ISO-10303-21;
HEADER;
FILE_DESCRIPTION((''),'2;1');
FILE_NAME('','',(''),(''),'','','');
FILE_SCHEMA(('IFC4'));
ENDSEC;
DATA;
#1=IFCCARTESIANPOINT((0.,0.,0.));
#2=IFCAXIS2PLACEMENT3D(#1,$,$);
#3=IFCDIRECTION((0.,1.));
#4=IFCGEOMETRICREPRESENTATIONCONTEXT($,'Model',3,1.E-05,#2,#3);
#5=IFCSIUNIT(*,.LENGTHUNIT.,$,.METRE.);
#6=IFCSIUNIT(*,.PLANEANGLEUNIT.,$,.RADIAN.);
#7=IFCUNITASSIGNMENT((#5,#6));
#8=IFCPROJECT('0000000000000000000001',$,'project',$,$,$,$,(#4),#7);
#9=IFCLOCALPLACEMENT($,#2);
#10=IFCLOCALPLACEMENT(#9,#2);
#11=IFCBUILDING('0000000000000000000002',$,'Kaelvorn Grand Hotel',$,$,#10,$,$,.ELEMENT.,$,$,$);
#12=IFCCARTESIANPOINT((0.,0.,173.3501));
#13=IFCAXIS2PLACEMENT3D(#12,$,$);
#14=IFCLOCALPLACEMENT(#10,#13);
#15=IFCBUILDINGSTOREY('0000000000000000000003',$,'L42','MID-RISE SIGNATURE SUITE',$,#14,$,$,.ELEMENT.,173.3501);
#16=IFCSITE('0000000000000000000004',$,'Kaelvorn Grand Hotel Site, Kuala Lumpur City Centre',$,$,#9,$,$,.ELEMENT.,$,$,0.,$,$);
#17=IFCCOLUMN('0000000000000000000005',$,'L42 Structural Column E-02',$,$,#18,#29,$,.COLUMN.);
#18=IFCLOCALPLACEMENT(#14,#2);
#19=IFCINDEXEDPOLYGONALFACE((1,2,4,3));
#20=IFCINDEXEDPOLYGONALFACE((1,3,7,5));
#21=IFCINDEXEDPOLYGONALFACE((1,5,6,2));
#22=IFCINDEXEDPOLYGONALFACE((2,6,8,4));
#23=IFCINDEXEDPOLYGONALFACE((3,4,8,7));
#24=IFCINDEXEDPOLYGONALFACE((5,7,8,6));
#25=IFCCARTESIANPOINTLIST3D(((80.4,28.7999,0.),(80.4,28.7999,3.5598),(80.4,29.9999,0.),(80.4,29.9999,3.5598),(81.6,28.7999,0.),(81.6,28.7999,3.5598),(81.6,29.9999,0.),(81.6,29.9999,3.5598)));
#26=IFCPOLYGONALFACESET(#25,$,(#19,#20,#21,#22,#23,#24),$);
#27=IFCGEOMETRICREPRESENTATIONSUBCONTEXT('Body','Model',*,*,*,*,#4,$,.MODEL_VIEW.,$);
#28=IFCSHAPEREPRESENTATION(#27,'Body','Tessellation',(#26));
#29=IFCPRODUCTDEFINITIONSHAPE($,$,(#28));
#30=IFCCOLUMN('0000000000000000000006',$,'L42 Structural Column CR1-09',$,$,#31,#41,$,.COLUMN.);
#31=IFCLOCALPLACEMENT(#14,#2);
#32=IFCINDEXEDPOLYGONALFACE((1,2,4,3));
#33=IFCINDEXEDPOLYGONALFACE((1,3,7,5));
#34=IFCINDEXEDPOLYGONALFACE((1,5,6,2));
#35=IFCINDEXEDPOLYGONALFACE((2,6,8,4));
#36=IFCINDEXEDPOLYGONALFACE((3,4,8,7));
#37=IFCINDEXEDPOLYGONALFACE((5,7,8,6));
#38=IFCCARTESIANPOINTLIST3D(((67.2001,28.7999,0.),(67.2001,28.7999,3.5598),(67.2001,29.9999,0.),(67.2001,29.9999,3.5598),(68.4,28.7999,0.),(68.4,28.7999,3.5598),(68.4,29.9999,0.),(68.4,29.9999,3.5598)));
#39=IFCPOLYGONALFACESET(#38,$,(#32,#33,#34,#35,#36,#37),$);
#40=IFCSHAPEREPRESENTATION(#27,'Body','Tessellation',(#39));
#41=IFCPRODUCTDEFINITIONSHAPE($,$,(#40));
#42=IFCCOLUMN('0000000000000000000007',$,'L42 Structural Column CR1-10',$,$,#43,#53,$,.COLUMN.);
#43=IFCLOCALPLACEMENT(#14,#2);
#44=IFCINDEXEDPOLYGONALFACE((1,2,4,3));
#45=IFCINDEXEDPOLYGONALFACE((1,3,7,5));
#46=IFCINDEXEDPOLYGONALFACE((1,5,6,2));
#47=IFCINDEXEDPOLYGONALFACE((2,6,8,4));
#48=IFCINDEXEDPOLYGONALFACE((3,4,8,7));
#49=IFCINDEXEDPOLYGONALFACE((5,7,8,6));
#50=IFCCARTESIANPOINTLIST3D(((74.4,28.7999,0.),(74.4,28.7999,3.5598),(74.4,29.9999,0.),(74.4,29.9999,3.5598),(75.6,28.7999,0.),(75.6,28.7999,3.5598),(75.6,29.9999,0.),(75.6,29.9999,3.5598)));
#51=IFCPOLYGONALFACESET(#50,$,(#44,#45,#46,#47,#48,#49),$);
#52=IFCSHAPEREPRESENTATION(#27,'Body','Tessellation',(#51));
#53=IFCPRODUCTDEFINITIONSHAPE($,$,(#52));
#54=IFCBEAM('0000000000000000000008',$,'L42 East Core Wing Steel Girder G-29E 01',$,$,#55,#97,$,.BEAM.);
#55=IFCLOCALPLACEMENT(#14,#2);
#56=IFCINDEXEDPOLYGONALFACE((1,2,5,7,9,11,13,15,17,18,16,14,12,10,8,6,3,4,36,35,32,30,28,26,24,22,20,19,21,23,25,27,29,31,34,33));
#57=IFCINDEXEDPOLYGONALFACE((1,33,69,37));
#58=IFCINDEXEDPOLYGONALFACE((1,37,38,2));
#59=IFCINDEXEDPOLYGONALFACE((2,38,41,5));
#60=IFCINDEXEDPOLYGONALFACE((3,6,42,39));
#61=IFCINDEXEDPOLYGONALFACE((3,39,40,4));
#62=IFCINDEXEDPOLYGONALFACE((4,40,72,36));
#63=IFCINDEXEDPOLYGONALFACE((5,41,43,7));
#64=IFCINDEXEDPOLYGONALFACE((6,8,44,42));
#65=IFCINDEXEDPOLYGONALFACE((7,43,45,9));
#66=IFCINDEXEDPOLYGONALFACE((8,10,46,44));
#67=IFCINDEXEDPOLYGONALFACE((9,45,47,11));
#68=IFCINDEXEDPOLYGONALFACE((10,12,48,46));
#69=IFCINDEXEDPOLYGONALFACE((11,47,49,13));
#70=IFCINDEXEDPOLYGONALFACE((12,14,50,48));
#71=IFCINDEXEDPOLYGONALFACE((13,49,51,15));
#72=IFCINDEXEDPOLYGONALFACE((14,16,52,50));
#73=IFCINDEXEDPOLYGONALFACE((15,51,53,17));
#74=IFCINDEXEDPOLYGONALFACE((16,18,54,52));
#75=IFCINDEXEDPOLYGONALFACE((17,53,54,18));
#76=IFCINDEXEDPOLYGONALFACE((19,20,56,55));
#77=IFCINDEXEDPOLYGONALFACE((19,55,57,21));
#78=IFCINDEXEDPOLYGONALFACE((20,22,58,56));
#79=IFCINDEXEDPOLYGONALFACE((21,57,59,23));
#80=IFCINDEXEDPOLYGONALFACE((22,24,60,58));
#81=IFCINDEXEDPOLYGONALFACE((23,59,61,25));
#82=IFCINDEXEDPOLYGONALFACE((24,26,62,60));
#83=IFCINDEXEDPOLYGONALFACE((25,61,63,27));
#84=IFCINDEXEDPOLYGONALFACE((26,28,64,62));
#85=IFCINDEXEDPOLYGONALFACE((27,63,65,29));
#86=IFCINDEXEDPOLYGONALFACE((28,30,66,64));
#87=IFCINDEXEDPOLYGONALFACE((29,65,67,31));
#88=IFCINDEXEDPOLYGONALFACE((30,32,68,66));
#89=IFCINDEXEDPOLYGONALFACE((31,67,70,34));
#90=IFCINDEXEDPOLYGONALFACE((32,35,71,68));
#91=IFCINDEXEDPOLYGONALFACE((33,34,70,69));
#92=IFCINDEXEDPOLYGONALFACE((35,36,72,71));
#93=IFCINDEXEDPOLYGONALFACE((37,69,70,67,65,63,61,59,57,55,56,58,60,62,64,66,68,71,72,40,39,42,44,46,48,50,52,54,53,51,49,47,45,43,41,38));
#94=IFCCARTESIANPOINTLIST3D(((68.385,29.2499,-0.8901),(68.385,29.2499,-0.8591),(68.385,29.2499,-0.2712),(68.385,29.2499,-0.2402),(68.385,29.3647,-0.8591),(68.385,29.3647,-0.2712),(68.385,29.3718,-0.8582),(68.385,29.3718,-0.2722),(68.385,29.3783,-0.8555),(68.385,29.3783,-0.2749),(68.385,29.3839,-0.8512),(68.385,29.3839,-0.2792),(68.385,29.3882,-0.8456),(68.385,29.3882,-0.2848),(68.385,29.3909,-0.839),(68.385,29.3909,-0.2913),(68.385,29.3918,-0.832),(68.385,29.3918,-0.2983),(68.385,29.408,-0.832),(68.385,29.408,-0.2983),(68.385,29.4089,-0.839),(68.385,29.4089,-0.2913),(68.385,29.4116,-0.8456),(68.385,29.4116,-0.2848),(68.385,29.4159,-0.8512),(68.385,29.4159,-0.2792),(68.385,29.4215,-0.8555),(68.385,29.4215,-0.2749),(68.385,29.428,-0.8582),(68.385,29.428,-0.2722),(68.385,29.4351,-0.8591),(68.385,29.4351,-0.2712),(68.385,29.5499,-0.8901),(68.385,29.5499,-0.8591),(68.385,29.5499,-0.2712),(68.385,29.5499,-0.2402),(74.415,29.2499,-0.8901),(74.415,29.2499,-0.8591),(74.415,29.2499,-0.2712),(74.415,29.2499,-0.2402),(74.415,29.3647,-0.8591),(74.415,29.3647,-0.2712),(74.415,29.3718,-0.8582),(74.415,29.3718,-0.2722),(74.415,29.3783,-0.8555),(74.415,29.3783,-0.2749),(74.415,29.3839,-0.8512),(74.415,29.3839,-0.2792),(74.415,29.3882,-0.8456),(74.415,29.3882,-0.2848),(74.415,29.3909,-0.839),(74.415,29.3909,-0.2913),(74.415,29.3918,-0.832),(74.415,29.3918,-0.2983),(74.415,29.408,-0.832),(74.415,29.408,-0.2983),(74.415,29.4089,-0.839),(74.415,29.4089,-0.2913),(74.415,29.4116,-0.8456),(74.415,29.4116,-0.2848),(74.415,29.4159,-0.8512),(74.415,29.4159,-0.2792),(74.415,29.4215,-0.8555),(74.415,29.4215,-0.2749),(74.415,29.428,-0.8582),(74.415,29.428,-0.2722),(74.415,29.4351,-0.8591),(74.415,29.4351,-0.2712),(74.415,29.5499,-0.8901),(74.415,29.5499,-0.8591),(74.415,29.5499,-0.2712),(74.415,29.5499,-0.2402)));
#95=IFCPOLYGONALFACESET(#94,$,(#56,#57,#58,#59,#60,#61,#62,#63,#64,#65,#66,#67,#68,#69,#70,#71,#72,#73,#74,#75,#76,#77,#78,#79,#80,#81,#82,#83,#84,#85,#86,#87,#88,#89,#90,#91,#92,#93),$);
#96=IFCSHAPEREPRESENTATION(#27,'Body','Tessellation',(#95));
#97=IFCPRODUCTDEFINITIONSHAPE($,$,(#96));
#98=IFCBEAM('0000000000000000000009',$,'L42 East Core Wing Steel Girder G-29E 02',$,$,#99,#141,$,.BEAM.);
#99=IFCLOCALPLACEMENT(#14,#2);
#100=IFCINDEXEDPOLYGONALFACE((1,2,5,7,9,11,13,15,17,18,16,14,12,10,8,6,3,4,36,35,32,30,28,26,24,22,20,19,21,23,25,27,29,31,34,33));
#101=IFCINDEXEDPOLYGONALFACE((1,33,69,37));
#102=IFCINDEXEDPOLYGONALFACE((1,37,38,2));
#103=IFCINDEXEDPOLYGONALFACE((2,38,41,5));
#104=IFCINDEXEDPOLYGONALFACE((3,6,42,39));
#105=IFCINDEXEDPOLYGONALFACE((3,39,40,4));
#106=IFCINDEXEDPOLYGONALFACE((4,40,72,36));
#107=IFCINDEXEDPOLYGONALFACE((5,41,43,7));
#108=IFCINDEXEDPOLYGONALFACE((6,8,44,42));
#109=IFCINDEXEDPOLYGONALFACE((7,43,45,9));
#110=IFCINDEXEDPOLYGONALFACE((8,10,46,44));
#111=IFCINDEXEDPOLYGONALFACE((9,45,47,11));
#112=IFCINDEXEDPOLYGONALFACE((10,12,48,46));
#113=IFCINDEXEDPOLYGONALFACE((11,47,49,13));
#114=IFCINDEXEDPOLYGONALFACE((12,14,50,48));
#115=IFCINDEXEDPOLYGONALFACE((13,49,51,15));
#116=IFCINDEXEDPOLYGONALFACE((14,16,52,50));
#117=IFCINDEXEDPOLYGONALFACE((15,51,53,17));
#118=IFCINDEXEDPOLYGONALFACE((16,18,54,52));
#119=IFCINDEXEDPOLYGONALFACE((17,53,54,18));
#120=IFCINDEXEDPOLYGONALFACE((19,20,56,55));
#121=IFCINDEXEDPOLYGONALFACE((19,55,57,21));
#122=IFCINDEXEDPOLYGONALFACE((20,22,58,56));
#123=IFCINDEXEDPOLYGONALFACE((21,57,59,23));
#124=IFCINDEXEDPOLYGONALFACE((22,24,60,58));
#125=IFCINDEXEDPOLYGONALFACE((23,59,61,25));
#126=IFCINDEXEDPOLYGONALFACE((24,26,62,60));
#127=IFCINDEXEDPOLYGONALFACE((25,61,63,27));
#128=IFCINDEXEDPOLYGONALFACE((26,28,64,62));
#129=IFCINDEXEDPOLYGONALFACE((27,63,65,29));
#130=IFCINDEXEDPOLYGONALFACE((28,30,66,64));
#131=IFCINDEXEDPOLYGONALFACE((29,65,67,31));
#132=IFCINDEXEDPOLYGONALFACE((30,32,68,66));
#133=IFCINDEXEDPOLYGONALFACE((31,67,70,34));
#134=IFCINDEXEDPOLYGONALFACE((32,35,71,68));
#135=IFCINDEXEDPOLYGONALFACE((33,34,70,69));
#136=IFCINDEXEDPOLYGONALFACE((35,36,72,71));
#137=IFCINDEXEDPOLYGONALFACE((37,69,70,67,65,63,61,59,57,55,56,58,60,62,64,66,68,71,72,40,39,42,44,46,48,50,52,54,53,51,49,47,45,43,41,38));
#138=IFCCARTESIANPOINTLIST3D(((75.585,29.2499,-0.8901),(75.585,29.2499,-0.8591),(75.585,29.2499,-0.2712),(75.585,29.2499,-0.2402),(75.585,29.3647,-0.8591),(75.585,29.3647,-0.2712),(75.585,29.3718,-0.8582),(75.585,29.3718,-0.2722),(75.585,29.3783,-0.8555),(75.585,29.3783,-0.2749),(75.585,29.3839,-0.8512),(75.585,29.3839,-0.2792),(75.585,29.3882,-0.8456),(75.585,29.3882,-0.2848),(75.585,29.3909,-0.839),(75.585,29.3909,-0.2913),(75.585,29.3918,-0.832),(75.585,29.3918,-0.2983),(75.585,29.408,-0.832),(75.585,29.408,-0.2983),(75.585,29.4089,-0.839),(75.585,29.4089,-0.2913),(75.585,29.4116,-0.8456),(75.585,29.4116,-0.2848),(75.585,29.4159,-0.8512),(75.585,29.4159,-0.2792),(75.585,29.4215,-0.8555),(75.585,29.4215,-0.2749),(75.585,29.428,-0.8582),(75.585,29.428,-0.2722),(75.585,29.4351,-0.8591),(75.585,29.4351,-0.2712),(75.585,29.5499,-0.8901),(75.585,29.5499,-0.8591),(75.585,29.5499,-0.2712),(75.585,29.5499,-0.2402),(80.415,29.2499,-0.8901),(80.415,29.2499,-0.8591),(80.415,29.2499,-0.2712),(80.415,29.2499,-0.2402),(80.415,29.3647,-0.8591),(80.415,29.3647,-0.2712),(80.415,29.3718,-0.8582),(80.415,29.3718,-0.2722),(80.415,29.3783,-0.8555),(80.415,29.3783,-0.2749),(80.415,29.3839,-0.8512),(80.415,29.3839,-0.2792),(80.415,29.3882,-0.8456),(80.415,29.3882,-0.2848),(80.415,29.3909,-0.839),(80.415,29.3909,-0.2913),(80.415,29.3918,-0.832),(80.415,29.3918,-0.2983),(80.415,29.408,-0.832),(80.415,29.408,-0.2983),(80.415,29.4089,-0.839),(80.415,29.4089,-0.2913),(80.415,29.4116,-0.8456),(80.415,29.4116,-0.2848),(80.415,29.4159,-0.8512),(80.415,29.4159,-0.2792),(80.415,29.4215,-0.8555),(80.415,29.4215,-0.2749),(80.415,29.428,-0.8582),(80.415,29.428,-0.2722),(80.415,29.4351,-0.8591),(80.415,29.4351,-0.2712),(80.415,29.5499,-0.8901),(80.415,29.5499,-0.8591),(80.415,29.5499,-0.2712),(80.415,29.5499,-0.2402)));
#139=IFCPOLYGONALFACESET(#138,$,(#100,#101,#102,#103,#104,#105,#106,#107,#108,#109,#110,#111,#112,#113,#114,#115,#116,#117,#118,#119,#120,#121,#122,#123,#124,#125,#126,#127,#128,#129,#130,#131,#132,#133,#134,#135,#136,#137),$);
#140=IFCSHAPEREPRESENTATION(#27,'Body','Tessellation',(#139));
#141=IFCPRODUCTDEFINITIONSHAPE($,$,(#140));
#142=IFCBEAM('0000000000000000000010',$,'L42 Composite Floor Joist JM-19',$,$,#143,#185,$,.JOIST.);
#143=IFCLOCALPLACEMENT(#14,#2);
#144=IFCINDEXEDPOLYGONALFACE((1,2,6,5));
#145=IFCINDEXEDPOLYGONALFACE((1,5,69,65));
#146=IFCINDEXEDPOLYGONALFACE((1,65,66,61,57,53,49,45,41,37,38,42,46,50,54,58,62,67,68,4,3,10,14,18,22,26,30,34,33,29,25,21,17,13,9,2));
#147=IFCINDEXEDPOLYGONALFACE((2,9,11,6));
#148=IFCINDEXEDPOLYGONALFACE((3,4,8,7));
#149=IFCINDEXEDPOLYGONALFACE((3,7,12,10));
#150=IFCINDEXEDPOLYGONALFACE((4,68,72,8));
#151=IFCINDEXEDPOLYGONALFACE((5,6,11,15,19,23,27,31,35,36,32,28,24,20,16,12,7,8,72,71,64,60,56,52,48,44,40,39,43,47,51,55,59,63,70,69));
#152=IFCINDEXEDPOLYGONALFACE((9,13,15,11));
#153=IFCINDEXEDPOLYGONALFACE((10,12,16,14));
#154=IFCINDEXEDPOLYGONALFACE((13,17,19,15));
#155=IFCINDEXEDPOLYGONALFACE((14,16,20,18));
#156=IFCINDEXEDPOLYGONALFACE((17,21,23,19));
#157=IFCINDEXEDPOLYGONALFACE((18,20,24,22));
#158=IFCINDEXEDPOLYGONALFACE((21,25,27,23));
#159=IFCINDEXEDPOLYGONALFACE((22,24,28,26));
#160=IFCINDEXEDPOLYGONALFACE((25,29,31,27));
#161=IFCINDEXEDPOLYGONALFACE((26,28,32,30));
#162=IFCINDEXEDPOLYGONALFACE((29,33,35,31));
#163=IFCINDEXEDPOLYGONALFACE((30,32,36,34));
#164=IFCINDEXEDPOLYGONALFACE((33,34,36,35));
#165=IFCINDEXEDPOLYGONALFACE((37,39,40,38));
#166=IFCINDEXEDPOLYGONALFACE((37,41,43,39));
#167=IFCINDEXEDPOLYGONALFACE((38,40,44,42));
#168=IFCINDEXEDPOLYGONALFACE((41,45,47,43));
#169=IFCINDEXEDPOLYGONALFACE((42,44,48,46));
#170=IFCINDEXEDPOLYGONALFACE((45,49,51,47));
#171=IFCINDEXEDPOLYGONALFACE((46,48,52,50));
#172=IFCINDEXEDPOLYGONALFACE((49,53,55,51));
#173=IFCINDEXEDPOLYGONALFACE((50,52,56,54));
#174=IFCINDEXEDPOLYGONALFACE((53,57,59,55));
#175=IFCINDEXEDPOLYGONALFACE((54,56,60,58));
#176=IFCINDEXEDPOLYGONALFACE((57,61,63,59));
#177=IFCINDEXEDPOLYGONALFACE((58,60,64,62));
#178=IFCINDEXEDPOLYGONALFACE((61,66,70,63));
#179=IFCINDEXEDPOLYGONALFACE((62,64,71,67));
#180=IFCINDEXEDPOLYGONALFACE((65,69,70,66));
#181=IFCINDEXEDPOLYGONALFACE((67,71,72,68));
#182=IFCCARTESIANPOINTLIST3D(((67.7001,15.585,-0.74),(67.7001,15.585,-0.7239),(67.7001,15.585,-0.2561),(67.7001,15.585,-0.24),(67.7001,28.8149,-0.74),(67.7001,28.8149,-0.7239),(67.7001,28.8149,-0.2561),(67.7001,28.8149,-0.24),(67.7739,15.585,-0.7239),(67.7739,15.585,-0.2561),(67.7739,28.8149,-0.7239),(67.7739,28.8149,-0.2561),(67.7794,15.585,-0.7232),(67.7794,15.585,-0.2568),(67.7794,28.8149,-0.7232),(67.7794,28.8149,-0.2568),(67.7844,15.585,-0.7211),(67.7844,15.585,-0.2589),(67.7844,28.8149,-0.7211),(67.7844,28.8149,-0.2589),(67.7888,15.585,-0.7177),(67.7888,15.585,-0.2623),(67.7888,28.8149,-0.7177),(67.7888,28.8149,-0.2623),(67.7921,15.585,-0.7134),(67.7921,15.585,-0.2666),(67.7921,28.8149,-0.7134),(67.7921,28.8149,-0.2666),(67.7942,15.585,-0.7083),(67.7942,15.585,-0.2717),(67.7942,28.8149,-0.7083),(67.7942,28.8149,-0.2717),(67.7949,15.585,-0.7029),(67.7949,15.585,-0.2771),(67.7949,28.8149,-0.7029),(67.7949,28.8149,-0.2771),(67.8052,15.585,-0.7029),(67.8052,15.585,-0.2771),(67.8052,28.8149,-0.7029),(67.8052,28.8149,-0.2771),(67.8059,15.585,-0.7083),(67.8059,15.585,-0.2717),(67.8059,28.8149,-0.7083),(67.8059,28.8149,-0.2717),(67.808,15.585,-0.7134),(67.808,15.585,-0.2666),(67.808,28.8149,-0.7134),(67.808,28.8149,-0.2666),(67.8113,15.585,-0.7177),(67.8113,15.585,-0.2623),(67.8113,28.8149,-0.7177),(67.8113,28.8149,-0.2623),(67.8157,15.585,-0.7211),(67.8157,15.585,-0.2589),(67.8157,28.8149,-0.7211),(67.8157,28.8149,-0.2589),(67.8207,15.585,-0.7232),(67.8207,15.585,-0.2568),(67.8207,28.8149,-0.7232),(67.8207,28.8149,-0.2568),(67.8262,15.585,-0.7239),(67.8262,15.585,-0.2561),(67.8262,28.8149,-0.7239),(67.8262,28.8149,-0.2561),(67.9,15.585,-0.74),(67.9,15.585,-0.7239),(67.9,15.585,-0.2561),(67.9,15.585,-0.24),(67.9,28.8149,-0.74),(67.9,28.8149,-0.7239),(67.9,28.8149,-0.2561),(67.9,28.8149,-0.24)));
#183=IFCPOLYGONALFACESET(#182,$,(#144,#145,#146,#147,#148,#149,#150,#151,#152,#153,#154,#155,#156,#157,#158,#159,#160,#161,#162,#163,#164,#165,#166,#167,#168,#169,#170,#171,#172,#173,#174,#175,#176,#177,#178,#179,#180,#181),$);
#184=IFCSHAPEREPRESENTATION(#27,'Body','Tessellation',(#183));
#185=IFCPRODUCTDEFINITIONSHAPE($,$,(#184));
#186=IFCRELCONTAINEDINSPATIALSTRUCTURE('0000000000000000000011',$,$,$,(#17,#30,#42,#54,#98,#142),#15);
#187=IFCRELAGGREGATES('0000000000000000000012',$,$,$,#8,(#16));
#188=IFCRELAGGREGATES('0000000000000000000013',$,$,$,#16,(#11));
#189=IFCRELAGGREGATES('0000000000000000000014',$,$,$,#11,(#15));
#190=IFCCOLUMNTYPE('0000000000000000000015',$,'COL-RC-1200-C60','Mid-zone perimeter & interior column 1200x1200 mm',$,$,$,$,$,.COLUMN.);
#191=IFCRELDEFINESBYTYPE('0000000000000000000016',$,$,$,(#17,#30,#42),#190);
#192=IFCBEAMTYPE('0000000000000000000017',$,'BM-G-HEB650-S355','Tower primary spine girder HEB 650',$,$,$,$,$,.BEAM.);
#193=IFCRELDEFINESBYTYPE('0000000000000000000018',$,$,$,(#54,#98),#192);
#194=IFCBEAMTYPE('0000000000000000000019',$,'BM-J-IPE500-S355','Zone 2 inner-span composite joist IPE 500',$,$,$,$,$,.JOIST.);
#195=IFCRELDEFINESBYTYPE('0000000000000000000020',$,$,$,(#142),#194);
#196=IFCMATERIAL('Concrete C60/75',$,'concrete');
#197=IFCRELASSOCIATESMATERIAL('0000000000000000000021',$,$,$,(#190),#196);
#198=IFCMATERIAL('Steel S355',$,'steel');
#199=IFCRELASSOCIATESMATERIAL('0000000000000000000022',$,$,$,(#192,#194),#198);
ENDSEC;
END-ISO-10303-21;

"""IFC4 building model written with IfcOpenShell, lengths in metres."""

from ifc_helpers import new_model, si_unit, direction, frame, origin, origin_2d, place, context, subcontext, project, spatial, rectangle, i_section, extrude, material, material_profile, profile_set, type_object, element, save


model = new_model("IFC4")

# Units and contexts
model_context = context("Model", 3, precision=1e-05, world=origin(), true_north=direction((0.0, 1.0)))
body_context = subcontext(model_context, "Body", "Model", "MODEL_VIEW")
ifc_project = project(units=[si_unit("LENGTHUNIT", "METRE"), si_unit("PLANEANGLEUNIT", "RADIAN")], contexts=[model_context])

# Site, building, storey
site_placement = place(None, origin())
site = spatial("IfcSite", under=ifc_project, at=site_placement, Name="Kaelvorn Grand Hotel Site, Kuala Lumpur City Centre", CompositionType="ELEMENT", RefElevation=0.0)
building_placement = place(site_placement, origin())
building = spatial("IfcBuilding", under=site, at=building_placement, Name="Kaelvorn Grand Hotel", CompositionType="ELEMENT")
storey_placement = place(building_placement, frame((0.0, 0.0, 173.3501)))
storey = spatial("IfcBuildingStorey", under=building, at=storey_placement, Name="L42", Description="MID-RISE SIGNATURE SUITE", CompositionType="ELEMENT", Elevation=173.3501)

# Columns
ifc_material_1 = material(Name="Concrete C60/75", Category="concrete")
ifc_material_profile_1 = material_profile(ifc_material_1, rectangle(XDim=1.2, YDim=1.2, at=origin_2d()), Name="RC COL 1200x1200")
ifc_profile_set_1 = profile_set([ifc_material_profile_1], Name="Concrete C60/75")
column_type = type_object("IfcColumnType", Name="COL-RC-1200-C60", Description="Mid-zone perimeter & interior column 1200x1200 mm", PredefinedType="COLUMN", material=ifc_profile_set_1)
for number, where, z_axis, x_axis, name in (
    (1, (81.0, 29.3999, 0.0), (0.0, 0.0, 1.0), (1.0, 0.0, 0.0), "L42 Structural Column E-02"),
    (2, (67.8, 29.3999, 0.0), (0.0, 0.0, 1.0), (1.0, 0.0, 0.0), "L42 Structural Column CR1-09"),
    (3, (75.0, 29.3999, 0.0), (0.0, 0.0, 1.0), (1.0, 0.0, 0.0), "L42 Structural Column CR1-10"),
):
    element("IfcColumn", number, at=place(storey_placement, frame(where, z_axis=z_axis, x_axis=x_axis)), inside=storey, type_object=column_type, Name=name, PredefinedType="COLUMN", context=body_context, shape_type="SweptSolid", body=[
        extrude(rectangle(XDim=1.2, YDim=1.2, at=origin_2d()), origin(), (0.0, 0.0, 1.0), 3.5598),
    ])

# Beams
ifc_material_2 = material(Name="Steel S355", Category="steel")
ifc_material_profile_2 = material_profile(ifc_material_2, i_section(OverallWidth=0.3, OverallDepth=0.6499, WebThickness=0.0161, FlangeThickness=0.031, FilletRadius=0.0271, at=origin_2d()), Name="HEB 650")
ifc_profile_set_2 = profile_set([ifc_material_profile_2], Name="Steel S355")
beam_type_1 = type_object("IfcBeamType", Name="BM-G-HEB650-S355", Description="Tower primary spine girder HEB 650", PredefinedType="BEAM", material=ifc_profile_set_2)
beam_1_placement = place(storey_placement, frame((68.385, 29.3999, -0.5652), z_axis=(1.0, 0.0, 0.0), x_axis=(0.0, 1.0, 0.0)))
element("IfcBeam", 4, at=beam_1_placement, inside=storey, type_object=beam_type_1, Name="L42 East Core Wing Steel Girder G-29E 01", PredefinedType="BEAM", context=body_context, shape_type="SweptSolid", body=[
    extrude(i_section(OverallWidth=0.3, OverallDepth=0.6499, WebThickness=0.0161, FlangeThickness=0.031, FilletRadius=0.0271, at=origin_2d()), origin(), (0.0, 0.0, 1.0), 6.03),
])
beam_2_placement = place(storey_placement, frame((75.585, 29.3999, -0.5652), z_axis=(1.0, 0.0, 0.0), x_axis=(0.0, 1.0, 0.0)))
element("IfcBeam", 5, at=beam_2_placement, inside=storey, type_object=beam_type_1, Name="L42 East Core Wing Steel Girder G-29E 02", PredefinedType="BEAM", context=body_context, shape_type="SweptSolid", body=[
    extrude(i_section(OverallWidth=0.3, OverallDepth=0.6499, WebThickness=0.0161, FlangeThickness=0.031, FilletRadius=0.0271, at=origin_2d()), origin(), (0.0, 0.0, 1.0), 4.8301),
])
ifc_material_profile_3 = material_profile(ifc_material_2, i_section(OverallWidth=0.2, OverallDepth=0.5, WebThickness=0.0103, FlangeThickness=0.0161, FilletRadius=0.021, at=origin_2d()), Name="IPE 500")
ifc_profile_set_3 = profile_set([ifc_material_profile_3], Name="Steel S355")
beam_type_2 = type_object("IfcBeamType", Name="BM-J-IPE500-S355", Description="Zone 2 inner-span composite joist IPE 500", PredefinedType="JOIST", material=ifc_profile_set_3)
beam_3_placement = place(storey_placement, frame((67.8, 15.585, -0.49), z_axis=(0.0, 1.0, 0.0), x_axis=(-1.0, 0.0, 0.0)))
element("IfcBeam", 6, at=beam_3_placement, inside=storey, type_object=beam_type_2, Name="L42 Composite Floor Joist JM-19", PredefinedType="JOIST", context=body_context, shape_type="SweptSolid", body=[
    extrude(i_section(OverallWidth=0.2, OverallDepth=0.5, WebThickness=0.0103, FlangeThickness=0.0161, FilletRadius=0.021, at=origin_2d()), origin(), (0.0, 0.0, 1.0), 13.23),
])

save(model, "model.ifc")
